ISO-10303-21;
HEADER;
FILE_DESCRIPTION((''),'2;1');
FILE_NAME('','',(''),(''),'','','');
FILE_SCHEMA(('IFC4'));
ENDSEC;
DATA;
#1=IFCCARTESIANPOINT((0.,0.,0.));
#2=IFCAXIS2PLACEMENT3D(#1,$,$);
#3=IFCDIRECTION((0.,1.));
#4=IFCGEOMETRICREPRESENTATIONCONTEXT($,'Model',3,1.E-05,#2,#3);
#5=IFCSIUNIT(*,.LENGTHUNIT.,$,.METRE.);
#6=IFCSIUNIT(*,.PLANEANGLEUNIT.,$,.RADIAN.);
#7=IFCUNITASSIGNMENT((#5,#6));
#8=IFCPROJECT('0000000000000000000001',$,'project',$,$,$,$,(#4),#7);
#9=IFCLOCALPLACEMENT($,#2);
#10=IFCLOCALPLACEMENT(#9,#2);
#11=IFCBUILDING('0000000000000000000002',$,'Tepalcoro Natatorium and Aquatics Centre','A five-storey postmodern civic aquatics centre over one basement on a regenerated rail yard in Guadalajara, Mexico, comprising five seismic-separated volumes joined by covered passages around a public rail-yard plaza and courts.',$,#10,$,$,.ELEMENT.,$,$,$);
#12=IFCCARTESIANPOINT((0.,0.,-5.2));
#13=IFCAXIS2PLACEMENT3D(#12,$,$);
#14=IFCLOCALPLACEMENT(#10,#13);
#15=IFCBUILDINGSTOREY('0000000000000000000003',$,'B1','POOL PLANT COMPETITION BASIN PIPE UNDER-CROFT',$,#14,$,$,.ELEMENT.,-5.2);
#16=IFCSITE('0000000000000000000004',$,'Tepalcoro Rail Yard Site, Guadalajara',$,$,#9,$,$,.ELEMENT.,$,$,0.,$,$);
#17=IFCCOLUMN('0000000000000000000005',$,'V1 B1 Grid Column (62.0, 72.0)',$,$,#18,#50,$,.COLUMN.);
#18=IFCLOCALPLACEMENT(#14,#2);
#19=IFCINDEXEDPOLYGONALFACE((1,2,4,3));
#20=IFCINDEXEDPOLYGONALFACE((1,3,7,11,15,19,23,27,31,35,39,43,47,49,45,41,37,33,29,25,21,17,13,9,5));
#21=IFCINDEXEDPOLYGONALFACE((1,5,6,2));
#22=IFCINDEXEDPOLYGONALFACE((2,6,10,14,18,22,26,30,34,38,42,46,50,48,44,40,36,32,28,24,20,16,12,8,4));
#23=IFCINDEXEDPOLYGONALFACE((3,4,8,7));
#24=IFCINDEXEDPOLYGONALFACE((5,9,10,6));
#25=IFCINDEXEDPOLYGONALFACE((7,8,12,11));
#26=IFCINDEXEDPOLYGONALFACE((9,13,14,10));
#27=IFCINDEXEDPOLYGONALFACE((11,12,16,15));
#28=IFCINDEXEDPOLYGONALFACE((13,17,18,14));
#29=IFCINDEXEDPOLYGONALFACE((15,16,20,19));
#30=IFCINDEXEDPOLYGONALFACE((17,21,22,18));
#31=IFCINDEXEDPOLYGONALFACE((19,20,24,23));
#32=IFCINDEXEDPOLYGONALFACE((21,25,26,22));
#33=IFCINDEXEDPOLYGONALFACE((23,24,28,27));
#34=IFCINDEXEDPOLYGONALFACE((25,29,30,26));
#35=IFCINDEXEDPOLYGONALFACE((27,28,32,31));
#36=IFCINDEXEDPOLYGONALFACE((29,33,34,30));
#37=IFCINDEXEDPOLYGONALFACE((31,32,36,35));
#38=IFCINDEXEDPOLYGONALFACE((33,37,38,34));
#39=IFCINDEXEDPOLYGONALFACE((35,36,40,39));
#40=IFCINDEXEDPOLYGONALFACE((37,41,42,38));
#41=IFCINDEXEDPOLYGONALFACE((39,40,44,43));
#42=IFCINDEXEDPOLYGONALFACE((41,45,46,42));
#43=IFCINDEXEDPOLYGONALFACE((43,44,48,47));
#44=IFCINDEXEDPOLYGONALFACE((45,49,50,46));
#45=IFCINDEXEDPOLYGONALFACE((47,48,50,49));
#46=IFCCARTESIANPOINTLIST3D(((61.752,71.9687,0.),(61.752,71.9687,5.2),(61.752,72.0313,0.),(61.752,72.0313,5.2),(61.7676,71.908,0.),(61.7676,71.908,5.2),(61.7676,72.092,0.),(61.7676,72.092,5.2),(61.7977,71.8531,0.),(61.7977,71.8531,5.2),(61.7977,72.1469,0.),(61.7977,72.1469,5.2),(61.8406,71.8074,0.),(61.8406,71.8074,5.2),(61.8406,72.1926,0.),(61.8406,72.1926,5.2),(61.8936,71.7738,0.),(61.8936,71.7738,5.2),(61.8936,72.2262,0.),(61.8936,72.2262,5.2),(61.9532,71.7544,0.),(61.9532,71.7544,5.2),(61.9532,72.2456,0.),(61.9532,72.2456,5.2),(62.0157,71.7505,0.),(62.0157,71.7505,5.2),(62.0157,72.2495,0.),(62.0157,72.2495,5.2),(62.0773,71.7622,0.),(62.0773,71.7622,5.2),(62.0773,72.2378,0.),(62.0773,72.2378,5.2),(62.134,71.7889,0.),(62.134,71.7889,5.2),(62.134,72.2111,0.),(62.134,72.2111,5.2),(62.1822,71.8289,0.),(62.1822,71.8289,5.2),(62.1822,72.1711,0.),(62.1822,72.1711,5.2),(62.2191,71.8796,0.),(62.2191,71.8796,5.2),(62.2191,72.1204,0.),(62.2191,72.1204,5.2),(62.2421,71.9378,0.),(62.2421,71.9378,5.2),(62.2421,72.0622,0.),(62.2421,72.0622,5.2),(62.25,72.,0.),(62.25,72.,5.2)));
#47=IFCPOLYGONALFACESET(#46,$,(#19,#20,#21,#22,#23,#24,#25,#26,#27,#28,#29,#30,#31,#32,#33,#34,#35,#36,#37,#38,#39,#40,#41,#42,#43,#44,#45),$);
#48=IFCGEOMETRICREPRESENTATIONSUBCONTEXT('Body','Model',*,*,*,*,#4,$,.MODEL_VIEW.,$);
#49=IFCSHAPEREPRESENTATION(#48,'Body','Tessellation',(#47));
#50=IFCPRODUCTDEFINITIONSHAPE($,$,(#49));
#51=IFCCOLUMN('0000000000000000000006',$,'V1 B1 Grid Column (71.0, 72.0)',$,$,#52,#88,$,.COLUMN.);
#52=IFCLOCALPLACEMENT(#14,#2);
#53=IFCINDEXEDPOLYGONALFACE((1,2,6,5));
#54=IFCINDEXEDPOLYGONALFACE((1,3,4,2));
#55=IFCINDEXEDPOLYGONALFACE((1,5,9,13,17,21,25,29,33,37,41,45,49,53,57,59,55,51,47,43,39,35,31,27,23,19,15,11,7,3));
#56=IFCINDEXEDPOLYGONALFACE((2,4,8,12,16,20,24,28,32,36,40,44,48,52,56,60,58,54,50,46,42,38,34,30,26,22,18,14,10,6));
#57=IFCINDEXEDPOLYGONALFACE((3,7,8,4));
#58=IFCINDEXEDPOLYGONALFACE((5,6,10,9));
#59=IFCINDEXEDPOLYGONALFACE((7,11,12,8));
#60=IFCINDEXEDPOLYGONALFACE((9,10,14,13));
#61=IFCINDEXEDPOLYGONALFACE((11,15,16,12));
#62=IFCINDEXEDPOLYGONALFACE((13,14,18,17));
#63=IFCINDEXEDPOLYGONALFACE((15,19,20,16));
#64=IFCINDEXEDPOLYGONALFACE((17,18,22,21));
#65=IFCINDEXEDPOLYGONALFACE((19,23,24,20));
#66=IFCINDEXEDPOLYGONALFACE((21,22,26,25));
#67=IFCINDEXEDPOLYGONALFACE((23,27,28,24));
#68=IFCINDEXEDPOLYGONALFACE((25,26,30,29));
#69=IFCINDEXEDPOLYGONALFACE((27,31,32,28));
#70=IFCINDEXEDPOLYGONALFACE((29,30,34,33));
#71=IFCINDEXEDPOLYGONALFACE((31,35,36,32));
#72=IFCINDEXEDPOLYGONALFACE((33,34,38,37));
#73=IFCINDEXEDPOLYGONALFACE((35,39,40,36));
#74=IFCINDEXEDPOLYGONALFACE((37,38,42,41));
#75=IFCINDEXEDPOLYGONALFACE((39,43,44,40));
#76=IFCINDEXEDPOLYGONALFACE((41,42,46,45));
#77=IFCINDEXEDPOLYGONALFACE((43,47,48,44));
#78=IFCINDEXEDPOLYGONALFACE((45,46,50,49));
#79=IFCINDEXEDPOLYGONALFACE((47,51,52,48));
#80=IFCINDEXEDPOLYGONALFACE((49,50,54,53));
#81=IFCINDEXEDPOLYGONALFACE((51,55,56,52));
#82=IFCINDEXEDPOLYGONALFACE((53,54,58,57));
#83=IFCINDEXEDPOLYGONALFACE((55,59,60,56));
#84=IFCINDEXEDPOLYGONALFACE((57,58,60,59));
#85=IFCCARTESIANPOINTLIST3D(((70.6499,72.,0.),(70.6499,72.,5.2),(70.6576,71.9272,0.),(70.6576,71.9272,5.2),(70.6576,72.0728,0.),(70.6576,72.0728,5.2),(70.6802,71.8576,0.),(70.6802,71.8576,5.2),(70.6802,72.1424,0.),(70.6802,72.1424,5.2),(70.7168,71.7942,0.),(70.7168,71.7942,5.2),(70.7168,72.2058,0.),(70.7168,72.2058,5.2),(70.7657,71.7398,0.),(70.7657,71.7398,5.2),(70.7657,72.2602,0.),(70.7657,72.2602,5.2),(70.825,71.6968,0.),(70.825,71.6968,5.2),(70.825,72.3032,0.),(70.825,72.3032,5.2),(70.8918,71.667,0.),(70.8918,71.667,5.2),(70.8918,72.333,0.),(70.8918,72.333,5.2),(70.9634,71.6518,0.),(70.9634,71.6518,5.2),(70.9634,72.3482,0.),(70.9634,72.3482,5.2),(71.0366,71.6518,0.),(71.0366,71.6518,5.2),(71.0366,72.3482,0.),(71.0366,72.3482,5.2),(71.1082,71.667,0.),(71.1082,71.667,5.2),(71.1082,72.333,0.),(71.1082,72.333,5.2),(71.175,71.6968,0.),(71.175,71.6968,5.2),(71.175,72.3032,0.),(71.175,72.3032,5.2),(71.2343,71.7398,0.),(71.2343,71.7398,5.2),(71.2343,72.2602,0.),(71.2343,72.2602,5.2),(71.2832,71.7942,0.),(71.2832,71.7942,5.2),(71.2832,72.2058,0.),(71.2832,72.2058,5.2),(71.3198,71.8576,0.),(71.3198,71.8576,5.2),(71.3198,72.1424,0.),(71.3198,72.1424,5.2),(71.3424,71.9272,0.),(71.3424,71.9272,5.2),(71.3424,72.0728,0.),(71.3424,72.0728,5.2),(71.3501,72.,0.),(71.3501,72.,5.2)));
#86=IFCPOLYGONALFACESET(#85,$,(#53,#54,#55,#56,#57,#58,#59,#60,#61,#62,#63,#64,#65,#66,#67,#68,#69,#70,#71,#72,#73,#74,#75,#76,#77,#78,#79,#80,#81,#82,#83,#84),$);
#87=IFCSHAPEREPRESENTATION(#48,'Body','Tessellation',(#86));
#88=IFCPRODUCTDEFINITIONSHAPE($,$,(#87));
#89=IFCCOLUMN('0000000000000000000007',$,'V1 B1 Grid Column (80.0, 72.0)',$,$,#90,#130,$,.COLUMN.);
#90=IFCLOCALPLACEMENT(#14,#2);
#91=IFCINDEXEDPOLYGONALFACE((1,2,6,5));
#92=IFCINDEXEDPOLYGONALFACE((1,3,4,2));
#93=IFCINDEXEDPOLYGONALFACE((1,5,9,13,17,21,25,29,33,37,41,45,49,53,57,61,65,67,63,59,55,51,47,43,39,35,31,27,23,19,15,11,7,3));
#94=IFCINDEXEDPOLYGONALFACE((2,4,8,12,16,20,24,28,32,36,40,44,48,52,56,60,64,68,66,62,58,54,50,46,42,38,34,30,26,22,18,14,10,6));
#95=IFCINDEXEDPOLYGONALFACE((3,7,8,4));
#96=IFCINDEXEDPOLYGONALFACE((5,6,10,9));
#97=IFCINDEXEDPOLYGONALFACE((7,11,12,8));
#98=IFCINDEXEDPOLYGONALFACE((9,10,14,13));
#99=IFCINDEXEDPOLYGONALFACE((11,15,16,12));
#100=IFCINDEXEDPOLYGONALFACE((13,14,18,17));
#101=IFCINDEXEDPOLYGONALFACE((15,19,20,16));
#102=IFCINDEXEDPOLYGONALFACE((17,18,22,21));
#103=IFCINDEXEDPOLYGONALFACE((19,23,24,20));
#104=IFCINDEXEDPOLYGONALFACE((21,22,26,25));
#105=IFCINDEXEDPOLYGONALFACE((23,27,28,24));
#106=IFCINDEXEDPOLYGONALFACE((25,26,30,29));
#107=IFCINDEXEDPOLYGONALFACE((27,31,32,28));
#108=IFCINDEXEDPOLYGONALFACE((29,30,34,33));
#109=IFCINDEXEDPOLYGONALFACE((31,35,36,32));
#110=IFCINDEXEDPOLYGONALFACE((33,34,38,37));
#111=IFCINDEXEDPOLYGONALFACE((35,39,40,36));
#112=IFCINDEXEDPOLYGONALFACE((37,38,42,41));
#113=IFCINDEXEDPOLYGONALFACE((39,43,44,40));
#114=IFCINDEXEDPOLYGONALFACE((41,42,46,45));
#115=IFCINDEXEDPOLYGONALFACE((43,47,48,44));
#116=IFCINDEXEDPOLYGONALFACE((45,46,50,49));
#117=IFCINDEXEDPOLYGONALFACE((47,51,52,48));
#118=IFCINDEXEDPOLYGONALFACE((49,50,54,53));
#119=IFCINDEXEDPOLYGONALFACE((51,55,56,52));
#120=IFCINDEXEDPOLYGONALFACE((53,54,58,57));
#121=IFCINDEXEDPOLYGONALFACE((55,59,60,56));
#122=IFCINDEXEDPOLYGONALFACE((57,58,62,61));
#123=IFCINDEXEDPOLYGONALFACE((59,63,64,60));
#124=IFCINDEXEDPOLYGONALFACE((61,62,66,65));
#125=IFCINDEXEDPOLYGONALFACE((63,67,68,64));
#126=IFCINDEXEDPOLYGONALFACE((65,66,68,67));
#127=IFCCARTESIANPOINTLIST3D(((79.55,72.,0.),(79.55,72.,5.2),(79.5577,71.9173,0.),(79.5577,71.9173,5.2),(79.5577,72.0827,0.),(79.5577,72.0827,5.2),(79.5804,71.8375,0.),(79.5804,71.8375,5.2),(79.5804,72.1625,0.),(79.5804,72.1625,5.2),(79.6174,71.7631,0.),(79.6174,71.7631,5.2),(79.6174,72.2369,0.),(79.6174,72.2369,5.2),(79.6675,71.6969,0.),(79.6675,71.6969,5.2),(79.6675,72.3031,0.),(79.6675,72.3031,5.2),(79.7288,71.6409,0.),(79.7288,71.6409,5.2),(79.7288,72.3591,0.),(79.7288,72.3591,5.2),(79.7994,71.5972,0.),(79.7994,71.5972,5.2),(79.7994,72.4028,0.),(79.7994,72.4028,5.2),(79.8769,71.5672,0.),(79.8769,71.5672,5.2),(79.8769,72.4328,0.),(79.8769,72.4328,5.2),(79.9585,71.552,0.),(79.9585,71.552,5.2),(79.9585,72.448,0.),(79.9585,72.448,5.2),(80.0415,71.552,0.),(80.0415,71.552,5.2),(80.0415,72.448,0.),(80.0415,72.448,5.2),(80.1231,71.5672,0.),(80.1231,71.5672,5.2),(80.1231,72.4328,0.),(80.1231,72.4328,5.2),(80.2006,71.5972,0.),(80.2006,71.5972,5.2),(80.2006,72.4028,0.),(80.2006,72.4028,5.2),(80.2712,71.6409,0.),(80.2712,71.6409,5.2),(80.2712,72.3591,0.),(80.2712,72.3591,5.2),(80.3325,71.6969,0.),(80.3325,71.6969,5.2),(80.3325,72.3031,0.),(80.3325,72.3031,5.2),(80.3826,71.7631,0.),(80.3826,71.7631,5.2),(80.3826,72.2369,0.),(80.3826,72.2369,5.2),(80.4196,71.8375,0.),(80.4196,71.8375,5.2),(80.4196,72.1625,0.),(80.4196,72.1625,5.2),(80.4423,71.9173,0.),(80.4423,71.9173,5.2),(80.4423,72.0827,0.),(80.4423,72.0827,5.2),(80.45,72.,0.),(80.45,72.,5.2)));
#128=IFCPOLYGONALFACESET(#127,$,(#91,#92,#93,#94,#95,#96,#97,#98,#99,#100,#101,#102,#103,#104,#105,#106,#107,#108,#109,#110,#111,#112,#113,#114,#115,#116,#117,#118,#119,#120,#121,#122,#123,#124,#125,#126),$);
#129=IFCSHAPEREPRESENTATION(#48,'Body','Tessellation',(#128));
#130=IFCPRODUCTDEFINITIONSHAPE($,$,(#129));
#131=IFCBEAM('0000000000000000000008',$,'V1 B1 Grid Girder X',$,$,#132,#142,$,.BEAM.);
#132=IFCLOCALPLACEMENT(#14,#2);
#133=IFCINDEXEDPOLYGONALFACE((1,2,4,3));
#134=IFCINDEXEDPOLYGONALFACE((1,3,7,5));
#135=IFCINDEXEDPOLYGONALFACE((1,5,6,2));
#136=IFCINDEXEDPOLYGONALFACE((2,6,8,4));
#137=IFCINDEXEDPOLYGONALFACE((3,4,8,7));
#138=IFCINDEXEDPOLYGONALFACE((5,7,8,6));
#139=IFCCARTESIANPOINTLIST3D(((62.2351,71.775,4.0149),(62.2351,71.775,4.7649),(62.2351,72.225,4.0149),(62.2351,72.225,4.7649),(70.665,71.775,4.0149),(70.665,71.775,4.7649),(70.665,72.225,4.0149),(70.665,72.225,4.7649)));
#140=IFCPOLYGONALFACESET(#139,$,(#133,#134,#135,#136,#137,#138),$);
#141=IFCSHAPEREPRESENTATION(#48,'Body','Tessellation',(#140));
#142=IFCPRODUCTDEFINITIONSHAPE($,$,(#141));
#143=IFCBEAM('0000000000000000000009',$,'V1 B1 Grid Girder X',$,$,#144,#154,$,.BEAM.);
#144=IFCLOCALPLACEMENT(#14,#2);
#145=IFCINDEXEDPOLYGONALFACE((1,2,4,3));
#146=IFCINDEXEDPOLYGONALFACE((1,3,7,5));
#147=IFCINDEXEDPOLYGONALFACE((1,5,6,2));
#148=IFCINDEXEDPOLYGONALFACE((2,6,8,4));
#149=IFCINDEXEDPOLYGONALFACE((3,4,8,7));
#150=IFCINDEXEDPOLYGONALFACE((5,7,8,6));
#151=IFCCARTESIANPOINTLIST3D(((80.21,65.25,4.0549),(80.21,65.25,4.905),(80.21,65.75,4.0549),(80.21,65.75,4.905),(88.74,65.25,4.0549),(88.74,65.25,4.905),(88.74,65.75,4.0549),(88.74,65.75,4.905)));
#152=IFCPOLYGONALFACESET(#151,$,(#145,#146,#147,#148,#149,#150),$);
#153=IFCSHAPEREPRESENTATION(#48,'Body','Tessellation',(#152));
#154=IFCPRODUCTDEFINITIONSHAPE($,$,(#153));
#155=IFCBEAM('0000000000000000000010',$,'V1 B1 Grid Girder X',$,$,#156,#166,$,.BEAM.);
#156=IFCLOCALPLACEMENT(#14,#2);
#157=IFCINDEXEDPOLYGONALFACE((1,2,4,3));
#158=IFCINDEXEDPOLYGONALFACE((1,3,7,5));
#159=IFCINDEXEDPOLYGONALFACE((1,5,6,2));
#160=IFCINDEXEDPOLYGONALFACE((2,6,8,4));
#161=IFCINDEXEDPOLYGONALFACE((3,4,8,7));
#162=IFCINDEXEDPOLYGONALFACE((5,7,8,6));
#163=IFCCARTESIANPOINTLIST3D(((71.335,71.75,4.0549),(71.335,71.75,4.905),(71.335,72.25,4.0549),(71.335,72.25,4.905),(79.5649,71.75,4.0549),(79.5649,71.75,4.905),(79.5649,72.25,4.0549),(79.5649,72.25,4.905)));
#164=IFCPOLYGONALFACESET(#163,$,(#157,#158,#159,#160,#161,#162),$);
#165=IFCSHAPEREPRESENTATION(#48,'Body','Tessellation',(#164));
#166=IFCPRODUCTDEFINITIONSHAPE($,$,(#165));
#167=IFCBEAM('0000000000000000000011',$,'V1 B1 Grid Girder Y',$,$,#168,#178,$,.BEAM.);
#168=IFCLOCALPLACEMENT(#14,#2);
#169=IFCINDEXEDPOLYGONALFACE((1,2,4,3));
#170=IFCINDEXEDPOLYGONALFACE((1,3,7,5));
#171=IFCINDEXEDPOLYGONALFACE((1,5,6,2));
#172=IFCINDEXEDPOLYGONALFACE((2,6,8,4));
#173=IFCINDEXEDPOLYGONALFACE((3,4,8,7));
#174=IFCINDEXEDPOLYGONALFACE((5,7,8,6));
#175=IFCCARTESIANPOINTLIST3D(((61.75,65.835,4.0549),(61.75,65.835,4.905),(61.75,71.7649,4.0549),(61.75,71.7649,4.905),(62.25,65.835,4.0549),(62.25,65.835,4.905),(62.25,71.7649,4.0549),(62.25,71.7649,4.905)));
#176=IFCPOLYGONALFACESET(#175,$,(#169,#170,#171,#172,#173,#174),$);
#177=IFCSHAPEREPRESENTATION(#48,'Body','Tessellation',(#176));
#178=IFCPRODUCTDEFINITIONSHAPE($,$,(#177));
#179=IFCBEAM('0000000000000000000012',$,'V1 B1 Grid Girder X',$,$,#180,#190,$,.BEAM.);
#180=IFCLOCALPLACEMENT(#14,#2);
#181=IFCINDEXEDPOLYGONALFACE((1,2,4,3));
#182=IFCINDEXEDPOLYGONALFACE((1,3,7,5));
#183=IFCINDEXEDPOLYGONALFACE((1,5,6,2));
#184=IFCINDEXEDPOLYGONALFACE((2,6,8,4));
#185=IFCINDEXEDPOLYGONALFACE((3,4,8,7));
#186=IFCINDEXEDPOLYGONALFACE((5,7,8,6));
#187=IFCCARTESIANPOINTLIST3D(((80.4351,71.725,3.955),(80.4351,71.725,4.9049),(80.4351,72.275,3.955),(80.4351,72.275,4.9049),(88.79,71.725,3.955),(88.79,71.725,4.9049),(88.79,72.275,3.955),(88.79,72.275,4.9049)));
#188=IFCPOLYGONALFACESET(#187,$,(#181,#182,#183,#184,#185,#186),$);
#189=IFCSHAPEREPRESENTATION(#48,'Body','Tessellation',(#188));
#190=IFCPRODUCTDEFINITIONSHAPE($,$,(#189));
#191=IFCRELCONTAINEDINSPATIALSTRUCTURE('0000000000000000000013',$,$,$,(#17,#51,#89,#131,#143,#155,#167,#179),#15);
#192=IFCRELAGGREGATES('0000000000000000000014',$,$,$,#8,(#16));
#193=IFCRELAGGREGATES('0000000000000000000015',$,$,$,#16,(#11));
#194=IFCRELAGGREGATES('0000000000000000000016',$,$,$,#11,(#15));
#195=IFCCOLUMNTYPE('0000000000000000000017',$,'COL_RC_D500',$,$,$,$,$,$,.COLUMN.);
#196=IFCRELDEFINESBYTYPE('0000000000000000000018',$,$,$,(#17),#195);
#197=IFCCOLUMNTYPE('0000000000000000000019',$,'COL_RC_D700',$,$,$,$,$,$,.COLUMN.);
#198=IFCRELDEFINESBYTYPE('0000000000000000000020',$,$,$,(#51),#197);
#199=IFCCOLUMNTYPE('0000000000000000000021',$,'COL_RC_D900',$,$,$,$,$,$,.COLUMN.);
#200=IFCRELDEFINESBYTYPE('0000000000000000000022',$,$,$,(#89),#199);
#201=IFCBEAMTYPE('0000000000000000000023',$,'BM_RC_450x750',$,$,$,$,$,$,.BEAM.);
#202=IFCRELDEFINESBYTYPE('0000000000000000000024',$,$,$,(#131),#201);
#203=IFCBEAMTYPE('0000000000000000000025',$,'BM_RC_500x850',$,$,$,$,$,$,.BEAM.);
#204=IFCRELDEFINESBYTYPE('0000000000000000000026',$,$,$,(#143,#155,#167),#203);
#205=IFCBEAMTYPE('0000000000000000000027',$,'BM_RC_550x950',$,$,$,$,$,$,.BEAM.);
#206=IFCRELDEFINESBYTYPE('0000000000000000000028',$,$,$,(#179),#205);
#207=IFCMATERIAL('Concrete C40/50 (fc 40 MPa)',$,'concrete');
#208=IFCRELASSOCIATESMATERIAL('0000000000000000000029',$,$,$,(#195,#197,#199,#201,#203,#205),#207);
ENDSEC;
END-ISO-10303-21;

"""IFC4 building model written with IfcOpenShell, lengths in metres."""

from ifc_helpers import new_model, si_unit, direction, frame, origin, origin_2d, place, context, subcontext, project, spatial, rectangle, circle, extrude, material, material_profile, profile_set, type_object, element, save


model = new_model("IFC4")

# Units and contexts
model_context = context("Model", 3, precision=1e-05, world=origin(), true_north=direction((0.0, 1.0)))
body_context = subcontext(model_context, "Body", "Model", "MODEL_VIEW")
ifc_project = project(units=[si_unit("LENGTHUNIT", "METRE"), si_unit("PLANEANGLEUNIT", "RADIAN")], contexts=[model_context])

# Site, building, storey
site_placement = place(None, origin())
site = spatial("IfcSite", under=ifc_project, at=site_placement, Name="Tepalcoro Rail Yard Site, Guadalajara", CompositionType="ELEMENT", RefElevation=0.0)
building_placement = place(site_placement, origin())
building = spatial("IfcBuilding", under=site, at=building_placement, Name="Tepalcoro Natatorium and Aquatics Centre", Description="A five-storey postmodern civic aquatics centre over one basement on a regenerated rail yard in Guadalajara, Mexico, comprising five seismic-separated volumes joined by covered passages around a public rail-yard plaza and courts.", CompositionType="ELEMENT")
storey_placement = place(building_placement, frame((0.0, 0.0, -5.2)))
storey = spatial("IfcBuildingStorey", under=building, at=storey_placement, Name="B1", Description="POOL PLANT COMPETITION BASIN PIPE UNDER-CROFT", CompositionType="ELEMENT", Elevation=-5.2)

# Shared definitions
ifc_material = material(Name="Concrete C40/50 (fc 40 MPa)", Category="concrete")

# Columns
ifc_material_profile_1 = material_profile(ifc_material, circle(Radius=0.25, at=origin_2d()), Name="RCD500")
ifc_profile_set_1 = profile_set([ifc_material_profile_1], Name="Concrete C40/50 (fc 40 MPa)")
column_type_1 = type_object("IfcColumnType", Name="COL_RC_D500", PredefinedType="COLUMN", material=ifc_profile_set_1)
column_1_placement = place(storey_placement, frame((62.0, 72.0, 0.0), z_axis=(0.0, 0.0, 1.0), x_axis=(1.0, 0.0, 0.0)))
element("IfcColumn", 1, at=column_1_placement, inside=storey, type_object=column_type_1, Name="V1 B1 Grid Column (62.0, 72.0)", PredefinedType="COLUMN", context=body_context, shape_type="SweptSolid", body=[
    extrude(circle(Radius=0.25, at=origin_2d()), origin(), (0.0, 0.0, 1.0), 5.2),
])
ifc_material_profile_2 = material_profile(ifc_material, circle(Radius=0.3501, at=origin_2d()), Name="RCD700")
ifc_profile_set_2 = profile_set([ifc_material_profile_2], Name="Concrete C40/50 (fc 40 MPa)")
column_type_2 = type_object("IfcColumnType", Name="COL_RC_D700", PredefinedType="COLUMN", material=ifc_profile_set_2)
column_2_placement = place(storey_placement, frame((71.0, 72.0, 0.0), z_axis=(0.0, 0.0, 1.0), x_axis=(1.0, 0.0, 0.0)))
element("IfcColumn", 2, at=column_2_placement, inside=storey, type_object=column_type_2, Name="V1 B1 Grid Column (71.0, 72.0)", PredefinedType="COLUMN", context=body_context, shape_type="SweptSolid", body=[
    extrude(circle(Radius=0.3501, at=origin_2d()), origin(), (0.0, 0.0, 1.0), 5.2),
])
ifc_material_profile_3 = material_profile(ifc_material, circle(Radius=0.45, at=origin_2d()), Name="RCD900")
ifc_profile_set_3 = profile_set([ifc_material_profile_3], Name="Concrete C40/50 (fc 40 MPa)")
column_type_3 = type_object("IfcColumnType", Name="COL_RC_D900", PredefinedType="COLUMN", material=ifc_profile_set_3)
column_3_placement = place(storey_placement, frame((80.0, 72.0, 0.0), z_axis=(0.0, 0.0, 1.0), x_axis=(1.0, 0.0, 0.0)))
element("IfcColumn", 3, at=column_3_placement, inside=storey, type_object=column_type_3, Name="V1 B1 Grid Column (80.0, 72.0)", PredefinedType="COLUMN", context=body_context, shape_type="SweptSolid", body=[
    extrude(circle(Radius=0.45, at=origin_2d()), origin(), (0.0, 0.0, 1.0), 5.2),
])

# Beams
ifc_material_profile_4 = material_profile(ifc_material, rectangle(XDim=0.45, YDim=0.75, at=origin_2d()), Name="RCB450x750")
ifc_profile_set_4 = profile_set([ifc_material_profile_4], Name="Concrete C40/50 (fc 40 MPa)")
beam_type_1 = type_object("IfcBeamType", Name="BM_RC_450x750", PredefinedType="BEAM", material=ifc_profile_set_4)
beam_1_placement = place(storey_placement, frame((62.2351, 72.0, 4.3899), z_axis=(1.0, 0.0, 0.0), x_axis=(0.0, 1.0, 0.0)))
element("IfcBeam", 4, at=beam_1_placement, inside=storey, type_object=beam_type_1, Name="V1 B1 Grid Girder X", PredefinedType="BEAM", context=body_context, shape_type="SweptSolid", body=[
    extrude(rectangle(XDim=0.45, YDim=0.75, at=origin_2d()), origin(), (0.0, 0.0, 1.0), 8.4299),
])
ifc_material_profile_5 = material_profile(ifc_material, rectangle(XDim=0.5, YDim=0.8501, at=origin_2d()), Name="RCB500x850")
ifc_profile_set_5 = profile_set([ifc_material_profile_5], Name="Concrete C40/50 (fc 40 MPa)")
beam_type_2 = type_object("IfcBeamType", Name="BM_RC_500x850", PredefinedType="BEAM", material=ifc_profile_set_5)
beam_2_placement = place(storey_placement, frame((80.21, 65.5, 4.48), z_axis=(1.0, 0.0, 0.0), x_axis=(0.0, 1.0, 0.0)))
element("IfcBeam", 5, at=beam_2_placement, inside=storey, type_object=beam_type_2, Name="V1 B1 Grid Girder X", PredefinedType="BEAM", context=body_context, shape_type="SweptSolid", body=[
    extrude(rectangle(XDim=0.5, YDim=0.8501, at=origin_2d()), origin(), (0.0, 0.0, 1.0), 8.53),
])
beam_3_placement = place(storey_placement, frame((71.335, 72.0, 4.48), z_axis=(1.0, 0.0, 0.0), x_axis=(0.0, 1.0, 0.0)))
element("IfcBeam", 6, at=beam_3_placement, inside=storey, type_object=beam_type_2, Name="V1 B1 Grid Girder X", PredefinedType="BEAM", context=body_context, shape_type="SweptSolid", body=[
    extrude(rectangle(XDim=0.5, YDim=0.8501, at=origin_2d()), origin(), (0.0, 0.0, 1.0), 8.23),
])
beam_4_placement = place(storey_placement, frame((62.0, 65.835, 4.48), z_axis=(0.0, 1.0, 0.0), x_axis=(-1.0, 0.0, 0.0)))
element("IfcBeam", 7, at=beam_4_placement, inside=storey, type_object=beam_type_2, Name="V1 B1 Grid Girder Y", PredefinedType="BEAM", context=body_context, shape_type="SweptSolid", body=[
    extrude(rectangle(XDim=0.5, YDim=0.8501, at=origin_2d()), origin(), (0.0, 0.0, 1.0), 5.9299),
])
ifc_material_profile_6 = material_profile(ifc_material, rectangle(XDim=0.55, YDim=0.95, at=origin_2d()), Name="RCB550x950")
ifc_profile_set_6 = profile_set([ifc_material_profile_6], Name="Concrete C40/50 (fc 40 MPa)")
beam_type_3 = type_object("IfcBeamType", Name="BM_RC_550x950", PredefinedType="BEAM", material=ifc_profile_set_6)
beam_5_placement = place(storey_placement, frame((80.4351, 72.0, 4.4299), z_axis=(1.0, 0.0, 0.0), x_axis=(0.0, 1.0, 0.0)))
element("IfcBeam", 8, at=beam_5_placement, inside=storey, type_object=beam_type_3, Name="V1 B1 Grid Girder X", PredefinedType="BEAM", context=body_context, shape_type="SweptSolid", body=[
    extrude(rectangle(XDim=0.55, YDim=0.95, at=origin_2d()), origin(), (0.0, 0.0, 1.0), 8.355),
])

save(model, "model.ifc")
